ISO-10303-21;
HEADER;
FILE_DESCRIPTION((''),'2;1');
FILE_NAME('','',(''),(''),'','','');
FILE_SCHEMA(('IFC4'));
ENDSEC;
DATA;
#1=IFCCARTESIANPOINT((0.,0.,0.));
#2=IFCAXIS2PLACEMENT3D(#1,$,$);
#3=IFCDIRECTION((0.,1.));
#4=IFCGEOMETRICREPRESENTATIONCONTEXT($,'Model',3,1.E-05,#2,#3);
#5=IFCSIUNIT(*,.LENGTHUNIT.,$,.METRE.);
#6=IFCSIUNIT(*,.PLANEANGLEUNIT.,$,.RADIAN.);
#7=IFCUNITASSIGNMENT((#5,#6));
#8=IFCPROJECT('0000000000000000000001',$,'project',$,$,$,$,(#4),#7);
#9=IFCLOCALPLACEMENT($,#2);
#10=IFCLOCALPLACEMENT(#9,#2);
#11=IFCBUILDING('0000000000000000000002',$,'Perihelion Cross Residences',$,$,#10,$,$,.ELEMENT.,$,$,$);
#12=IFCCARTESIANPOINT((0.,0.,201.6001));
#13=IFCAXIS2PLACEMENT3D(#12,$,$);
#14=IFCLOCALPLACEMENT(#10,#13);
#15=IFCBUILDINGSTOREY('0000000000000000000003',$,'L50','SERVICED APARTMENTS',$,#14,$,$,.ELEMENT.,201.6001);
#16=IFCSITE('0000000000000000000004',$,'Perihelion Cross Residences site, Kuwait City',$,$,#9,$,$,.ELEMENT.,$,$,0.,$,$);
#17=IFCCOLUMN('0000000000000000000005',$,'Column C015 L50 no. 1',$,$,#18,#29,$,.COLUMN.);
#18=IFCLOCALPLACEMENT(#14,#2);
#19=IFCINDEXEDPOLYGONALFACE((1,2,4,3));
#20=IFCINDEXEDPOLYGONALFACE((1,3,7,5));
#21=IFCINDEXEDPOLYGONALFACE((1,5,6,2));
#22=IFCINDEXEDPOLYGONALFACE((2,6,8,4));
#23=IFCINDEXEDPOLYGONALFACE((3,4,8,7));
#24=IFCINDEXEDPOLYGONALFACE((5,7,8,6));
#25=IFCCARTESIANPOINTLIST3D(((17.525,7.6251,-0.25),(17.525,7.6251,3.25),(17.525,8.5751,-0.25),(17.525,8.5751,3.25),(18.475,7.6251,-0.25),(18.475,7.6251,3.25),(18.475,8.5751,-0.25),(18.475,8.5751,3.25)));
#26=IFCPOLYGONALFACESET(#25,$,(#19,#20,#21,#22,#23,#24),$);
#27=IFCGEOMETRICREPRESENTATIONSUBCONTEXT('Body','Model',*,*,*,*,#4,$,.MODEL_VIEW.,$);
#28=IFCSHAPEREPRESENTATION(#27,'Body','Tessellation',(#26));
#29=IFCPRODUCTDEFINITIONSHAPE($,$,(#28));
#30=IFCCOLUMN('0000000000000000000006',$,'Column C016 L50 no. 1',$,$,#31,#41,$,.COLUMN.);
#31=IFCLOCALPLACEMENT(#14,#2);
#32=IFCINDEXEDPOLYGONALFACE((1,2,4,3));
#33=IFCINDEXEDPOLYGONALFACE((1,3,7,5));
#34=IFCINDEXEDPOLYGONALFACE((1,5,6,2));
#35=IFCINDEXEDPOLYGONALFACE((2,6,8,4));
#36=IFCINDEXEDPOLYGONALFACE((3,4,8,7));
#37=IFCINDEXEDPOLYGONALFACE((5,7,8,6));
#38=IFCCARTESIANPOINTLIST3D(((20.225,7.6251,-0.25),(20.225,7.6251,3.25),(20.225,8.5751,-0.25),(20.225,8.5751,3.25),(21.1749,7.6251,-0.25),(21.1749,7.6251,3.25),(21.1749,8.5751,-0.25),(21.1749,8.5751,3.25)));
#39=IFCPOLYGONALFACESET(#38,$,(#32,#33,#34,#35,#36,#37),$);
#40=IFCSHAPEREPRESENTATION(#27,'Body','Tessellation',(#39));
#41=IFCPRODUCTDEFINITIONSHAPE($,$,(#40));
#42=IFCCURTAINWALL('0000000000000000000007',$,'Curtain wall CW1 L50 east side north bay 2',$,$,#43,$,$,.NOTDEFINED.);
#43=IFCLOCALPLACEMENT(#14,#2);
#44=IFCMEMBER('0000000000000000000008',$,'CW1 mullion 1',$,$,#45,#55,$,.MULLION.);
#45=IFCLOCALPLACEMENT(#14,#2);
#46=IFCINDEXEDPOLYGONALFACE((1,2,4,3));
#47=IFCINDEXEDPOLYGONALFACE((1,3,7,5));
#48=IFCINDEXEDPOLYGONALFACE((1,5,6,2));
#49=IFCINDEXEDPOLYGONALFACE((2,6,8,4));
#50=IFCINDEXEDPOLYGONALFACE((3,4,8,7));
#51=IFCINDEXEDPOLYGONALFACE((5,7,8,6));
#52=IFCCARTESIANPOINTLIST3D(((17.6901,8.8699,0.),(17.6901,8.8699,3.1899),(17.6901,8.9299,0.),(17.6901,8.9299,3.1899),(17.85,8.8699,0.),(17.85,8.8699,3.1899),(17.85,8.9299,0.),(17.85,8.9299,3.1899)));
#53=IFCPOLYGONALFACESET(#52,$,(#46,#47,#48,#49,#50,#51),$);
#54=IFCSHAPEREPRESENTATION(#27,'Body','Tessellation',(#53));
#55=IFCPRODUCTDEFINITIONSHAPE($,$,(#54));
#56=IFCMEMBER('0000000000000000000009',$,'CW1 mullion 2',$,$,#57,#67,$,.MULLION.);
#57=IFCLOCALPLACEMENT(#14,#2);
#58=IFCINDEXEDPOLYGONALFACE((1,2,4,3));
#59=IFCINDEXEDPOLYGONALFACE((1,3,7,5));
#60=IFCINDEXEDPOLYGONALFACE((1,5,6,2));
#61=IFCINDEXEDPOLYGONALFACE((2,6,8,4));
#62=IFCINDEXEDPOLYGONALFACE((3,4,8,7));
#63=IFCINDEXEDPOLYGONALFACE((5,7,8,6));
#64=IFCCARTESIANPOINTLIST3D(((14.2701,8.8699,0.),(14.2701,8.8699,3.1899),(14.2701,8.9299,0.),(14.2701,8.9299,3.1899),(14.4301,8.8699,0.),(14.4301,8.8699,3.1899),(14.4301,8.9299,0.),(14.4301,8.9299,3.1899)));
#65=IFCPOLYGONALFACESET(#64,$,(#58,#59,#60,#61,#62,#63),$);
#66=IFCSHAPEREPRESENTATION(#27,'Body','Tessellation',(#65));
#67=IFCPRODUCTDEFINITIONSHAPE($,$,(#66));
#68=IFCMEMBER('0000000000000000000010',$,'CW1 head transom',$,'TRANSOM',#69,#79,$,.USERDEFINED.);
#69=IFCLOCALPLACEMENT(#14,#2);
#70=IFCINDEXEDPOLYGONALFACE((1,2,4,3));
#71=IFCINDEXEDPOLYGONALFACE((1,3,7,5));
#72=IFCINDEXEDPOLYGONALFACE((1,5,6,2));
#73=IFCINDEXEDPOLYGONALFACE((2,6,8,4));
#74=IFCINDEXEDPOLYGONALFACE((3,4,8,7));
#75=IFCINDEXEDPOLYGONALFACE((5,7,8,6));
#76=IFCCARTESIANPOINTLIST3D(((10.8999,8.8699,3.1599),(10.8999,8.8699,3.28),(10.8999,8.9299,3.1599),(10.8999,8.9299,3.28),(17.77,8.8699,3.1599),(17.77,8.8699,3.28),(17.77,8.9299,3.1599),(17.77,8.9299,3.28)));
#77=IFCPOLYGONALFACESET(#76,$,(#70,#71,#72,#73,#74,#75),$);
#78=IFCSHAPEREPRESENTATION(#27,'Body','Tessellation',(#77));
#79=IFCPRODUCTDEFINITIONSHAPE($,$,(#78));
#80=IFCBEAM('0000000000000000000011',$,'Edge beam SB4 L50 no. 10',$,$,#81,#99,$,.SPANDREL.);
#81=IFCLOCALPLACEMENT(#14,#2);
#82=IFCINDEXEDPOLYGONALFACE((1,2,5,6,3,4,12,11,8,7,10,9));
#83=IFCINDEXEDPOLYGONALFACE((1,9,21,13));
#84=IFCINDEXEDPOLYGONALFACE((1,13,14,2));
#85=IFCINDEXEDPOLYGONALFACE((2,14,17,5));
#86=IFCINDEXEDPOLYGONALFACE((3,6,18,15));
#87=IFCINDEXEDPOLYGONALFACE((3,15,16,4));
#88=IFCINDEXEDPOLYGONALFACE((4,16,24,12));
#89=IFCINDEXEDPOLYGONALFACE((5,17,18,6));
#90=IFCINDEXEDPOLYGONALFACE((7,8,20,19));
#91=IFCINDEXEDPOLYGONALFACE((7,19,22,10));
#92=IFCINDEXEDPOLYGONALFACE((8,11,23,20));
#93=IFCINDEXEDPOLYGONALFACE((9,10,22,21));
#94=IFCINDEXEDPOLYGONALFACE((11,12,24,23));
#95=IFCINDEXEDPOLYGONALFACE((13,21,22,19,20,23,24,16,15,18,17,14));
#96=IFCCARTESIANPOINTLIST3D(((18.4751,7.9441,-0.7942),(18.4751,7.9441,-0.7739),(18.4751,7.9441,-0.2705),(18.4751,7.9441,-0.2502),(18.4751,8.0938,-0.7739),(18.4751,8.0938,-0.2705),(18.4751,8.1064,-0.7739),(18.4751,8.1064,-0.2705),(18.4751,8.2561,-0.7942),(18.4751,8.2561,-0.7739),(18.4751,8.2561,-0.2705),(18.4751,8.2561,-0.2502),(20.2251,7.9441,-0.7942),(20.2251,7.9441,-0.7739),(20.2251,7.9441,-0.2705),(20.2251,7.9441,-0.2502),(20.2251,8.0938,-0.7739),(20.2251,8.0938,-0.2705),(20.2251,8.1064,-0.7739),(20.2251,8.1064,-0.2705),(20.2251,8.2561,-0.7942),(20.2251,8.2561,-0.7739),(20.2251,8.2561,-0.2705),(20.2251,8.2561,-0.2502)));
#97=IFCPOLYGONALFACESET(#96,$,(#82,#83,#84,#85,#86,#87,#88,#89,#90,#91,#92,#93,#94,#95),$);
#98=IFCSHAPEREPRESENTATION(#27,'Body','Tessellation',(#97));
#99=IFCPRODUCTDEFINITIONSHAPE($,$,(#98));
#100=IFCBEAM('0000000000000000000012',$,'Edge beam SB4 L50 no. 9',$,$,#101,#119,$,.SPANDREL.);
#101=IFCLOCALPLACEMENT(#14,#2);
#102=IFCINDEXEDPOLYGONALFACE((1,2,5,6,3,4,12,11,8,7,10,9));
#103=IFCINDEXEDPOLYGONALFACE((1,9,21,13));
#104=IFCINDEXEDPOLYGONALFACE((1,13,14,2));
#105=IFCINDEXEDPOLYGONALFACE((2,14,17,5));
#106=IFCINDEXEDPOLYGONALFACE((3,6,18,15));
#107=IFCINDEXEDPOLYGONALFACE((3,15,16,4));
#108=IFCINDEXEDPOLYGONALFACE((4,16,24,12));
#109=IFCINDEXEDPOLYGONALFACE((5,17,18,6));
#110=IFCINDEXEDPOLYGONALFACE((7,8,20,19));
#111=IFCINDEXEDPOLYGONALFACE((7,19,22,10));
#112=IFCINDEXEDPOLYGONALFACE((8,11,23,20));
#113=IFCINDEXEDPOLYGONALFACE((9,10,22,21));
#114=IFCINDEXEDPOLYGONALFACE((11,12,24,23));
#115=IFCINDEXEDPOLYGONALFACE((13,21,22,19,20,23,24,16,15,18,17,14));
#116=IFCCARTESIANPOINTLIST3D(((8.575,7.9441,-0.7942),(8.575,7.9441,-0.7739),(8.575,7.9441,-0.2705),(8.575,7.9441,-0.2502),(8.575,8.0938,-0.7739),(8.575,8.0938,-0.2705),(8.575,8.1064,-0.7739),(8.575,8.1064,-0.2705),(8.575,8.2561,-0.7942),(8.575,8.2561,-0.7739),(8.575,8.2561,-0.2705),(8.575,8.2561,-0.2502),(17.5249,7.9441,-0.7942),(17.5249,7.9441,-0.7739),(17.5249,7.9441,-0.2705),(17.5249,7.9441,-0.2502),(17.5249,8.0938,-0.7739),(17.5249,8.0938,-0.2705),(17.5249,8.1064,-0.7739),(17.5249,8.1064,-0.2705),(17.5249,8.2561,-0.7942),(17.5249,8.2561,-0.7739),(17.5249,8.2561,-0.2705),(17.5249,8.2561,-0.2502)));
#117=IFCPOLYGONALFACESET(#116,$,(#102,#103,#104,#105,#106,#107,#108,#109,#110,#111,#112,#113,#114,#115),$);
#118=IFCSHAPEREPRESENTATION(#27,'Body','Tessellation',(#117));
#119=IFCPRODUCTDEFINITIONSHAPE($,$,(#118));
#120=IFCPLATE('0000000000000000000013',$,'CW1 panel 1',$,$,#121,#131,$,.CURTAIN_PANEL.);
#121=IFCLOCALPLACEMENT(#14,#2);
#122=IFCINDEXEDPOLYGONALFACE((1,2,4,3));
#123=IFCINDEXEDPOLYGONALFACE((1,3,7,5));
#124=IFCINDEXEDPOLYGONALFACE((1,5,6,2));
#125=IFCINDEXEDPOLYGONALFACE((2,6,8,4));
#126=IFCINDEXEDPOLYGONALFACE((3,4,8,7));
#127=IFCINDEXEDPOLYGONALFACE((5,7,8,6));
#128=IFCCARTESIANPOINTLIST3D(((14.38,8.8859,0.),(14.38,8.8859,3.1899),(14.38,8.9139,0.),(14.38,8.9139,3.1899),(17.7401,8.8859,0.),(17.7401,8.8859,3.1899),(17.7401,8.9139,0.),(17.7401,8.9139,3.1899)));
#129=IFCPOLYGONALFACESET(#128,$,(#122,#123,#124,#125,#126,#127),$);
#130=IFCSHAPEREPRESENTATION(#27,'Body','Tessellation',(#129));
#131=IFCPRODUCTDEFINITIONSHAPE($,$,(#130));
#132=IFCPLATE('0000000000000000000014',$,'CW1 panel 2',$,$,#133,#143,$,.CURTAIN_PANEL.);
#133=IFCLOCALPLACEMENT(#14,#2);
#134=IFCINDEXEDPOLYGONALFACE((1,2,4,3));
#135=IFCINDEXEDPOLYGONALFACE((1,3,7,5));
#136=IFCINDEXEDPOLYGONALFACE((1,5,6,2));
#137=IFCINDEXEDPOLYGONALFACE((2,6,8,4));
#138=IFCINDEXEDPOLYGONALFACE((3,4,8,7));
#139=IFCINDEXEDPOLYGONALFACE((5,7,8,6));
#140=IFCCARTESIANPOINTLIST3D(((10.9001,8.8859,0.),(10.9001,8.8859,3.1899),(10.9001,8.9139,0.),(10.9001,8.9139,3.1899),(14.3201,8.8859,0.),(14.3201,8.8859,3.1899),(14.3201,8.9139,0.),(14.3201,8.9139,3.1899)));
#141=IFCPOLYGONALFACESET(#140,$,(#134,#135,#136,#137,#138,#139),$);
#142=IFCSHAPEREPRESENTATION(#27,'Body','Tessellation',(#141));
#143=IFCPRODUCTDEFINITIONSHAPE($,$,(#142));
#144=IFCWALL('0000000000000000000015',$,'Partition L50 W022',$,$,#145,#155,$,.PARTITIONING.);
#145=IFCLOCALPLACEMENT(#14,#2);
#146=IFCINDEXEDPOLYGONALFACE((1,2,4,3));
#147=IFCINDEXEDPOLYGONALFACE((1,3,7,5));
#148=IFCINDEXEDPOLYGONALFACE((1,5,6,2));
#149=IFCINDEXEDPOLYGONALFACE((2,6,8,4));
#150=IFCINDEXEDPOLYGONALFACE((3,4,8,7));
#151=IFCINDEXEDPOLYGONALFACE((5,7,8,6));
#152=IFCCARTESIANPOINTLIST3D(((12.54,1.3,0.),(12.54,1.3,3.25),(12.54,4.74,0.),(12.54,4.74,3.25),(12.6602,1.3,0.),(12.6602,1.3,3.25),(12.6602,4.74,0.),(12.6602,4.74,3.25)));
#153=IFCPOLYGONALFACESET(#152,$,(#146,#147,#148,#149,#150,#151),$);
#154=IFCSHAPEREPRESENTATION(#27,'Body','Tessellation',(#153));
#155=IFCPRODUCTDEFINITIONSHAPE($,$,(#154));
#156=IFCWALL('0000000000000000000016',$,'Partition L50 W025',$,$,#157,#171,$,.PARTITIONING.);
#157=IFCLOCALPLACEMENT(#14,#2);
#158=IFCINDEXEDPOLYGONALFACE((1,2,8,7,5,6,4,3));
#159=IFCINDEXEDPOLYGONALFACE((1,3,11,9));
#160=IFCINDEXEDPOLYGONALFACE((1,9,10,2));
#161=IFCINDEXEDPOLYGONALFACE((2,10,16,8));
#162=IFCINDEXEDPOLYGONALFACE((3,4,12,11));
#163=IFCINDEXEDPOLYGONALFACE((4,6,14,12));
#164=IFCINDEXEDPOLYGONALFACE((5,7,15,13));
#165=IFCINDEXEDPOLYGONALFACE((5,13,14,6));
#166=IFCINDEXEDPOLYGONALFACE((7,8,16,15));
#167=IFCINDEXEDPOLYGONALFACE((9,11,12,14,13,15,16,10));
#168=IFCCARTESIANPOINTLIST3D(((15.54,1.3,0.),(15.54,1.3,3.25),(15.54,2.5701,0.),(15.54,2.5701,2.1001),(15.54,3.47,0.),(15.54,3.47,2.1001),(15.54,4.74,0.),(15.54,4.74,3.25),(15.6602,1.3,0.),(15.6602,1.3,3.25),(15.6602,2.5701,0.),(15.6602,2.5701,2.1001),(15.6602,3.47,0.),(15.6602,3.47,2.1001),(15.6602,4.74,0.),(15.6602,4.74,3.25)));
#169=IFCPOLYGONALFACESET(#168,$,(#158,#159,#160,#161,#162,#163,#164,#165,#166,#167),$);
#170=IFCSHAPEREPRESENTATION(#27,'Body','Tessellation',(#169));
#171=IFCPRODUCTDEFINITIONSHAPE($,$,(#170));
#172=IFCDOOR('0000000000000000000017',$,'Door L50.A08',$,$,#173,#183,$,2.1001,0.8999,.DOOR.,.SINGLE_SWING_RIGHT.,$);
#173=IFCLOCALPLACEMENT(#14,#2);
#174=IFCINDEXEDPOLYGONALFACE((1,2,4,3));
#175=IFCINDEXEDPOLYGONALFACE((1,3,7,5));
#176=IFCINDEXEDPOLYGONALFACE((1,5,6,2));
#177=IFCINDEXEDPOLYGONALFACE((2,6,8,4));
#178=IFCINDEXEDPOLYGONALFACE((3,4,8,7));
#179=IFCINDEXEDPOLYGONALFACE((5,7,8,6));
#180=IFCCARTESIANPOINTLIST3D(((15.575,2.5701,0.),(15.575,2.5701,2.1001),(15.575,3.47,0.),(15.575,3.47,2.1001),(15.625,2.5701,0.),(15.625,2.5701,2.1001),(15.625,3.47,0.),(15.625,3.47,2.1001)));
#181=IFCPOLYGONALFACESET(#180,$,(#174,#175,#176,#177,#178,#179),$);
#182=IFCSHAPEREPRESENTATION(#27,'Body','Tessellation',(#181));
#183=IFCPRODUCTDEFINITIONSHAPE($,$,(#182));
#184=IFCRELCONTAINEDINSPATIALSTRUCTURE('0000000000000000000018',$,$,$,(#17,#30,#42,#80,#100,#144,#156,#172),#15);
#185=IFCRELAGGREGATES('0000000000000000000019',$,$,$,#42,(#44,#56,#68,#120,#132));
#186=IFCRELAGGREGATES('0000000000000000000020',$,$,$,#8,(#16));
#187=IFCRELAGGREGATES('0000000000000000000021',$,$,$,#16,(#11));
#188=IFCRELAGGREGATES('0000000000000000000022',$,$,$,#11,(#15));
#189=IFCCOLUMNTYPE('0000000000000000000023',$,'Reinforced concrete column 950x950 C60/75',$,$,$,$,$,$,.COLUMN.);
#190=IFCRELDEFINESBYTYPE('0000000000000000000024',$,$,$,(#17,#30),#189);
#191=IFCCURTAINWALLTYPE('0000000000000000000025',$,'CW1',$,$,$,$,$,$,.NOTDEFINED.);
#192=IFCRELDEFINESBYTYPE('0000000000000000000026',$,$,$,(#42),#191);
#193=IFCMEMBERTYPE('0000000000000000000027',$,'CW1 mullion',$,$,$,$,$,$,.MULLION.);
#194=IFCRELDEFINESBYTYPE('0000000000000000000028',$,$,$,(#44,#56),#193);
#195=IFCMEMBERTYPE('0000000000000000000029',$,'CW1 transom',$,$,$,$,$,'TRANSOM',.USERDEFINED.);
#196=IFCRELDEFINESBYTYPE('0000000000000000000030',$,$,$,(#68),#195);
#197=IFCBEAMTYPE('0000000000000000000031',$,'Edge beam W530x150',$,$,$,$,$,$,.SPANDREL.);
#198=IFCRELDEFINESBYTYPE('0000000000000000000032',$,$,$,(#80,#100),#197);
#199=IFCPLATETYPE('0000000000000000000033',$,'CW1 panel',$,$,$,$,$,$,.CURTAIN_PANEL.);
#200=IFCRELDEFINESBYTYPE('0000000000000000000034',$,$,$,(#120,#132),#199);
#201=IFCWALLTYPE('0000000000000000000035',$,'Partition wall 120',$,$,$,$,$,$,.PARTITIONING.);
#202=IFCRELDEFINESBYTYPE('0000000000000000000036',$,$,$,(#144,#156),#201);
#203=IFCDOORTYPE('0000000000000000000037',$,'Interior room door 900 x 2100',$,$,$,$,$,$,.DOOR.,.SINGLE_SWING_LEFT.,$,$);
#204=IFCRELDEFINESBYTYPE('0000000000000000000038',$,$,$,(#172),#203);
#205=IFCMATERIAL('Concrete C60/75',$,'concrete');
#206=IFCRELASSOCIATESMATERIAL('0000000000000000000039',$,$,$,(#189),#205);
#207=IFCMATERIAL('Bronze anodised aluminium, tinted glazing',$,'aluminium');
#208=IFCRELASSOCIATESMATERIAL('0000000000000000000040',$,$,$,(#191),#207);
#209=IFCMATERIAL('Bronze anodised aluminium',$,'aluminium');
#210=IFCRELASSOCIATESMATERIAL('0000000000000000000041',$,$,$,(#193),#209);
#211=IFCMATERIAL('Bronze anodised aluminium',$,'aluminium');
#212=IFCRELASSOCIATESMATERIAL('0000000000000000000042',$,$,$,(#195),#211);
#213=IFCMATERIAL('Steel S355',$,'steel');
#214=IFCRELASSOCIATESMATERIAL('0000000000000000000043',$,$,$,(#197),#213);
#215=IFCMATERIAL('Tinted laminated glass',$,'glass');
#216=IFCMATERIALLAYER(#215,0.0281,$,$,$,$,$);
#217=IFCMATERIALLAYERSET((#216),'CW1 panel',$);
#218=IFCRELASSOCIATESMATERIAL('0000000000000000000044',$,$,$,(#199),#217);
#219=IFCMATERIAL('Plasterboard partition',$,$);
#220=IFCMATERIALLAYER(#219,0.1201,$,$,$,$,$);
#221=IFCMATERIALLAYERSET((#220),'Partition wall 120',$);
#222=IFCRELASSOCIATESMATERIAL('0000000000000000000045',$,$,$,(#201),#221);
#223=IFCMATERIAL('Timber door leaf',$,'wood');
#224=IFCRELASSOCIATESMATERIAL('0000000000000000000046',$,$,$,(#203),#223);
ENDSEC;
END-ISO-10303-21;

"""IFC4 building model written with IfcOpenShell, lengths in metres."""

from ifc_helpers import new_model, si_unit, direction, frame, frame_2d, origin, origin_2d, place, context, subcontext, project, spatial, rectangle, i_section, extrude, material, layer, layer_set, material_profile, profile_set, type_object, element, fill, aggregate, save


model = new_model("IFC4")

# Units and contexts
model_context = context("Model", 3, precision=1e-05, world=origin(), true_north=direction((0.0, 1.0)))
body_context = subcontext(model_context, "Body", "Model", "MODEL_VIEW")
ifc_project = project(units=[si_unit("LENGTHUNIT", "METRE"), si_unit("PLANEANGLEUNIT", "RADIAN")], contexts=[model_context])

# Site, building, storey
site_placement = place(None, origin())
site = spatial("IfcSite", under=ifc_project, at=site_placement, Name="Perihelion Cross Residences site, Kuwait City", CompositionType="ELEMENT", RefElevation=0.0)
building_placement = place(site_placement, origin())
building = spatial("IfcBuilding", under=site, at=building_placement, Name="Perihelion Cross Residences", CompositionType="ELEMENT")
storey_placement = place(building_placement, frame((0.0, 0.0, 201.6001)))
storey = spatial("IfcBuildingStorey", under=building, at=storey_placement, Name="L50", Description="SERVICED APARTMENTS", CompositionType="ELEMENT", Elevation=201.6001)

# Columns
ifc_material_1 = material(Name="Concrete C60/75", Category="concrete")
ifc_material_profile_1 = material_profile(ifc_material_1, rectangle(XDim=0.95, YDim=0.95, at=origin_2d()), Name="RC 950x950")
ifc_profile_set_1 = profile_set([ifc_material_profile_1], Name="Concrete C60/75")
column_type = type_object("IfcColumnType", Name="Reinforced concrete column 950x950 C60/75", PredefinedType="COLUMN", material=ifc_profile_set_1)
for number, where, z_axis, x_axis, name in (
    (1, (18.0, 8.1001, -0.25), (0.0, 0.0, 1.0), (1.0, 0.0, 0.0), "Column C015 L50 no. 1"),
    (2, (20.7, 8.1001, -0.25), (0.0, 0.0, 1.0), (1.0, 0.0, 0.0), "Column C016 L50 no. 1"),
):
    element("IfcColumn", number, at=place(storey_placement, frame(where, z_axis=z_axis, x_axis=x_axis)), inside=storey, type_object=column_type, Name=name, PredefinedType="COLUMN", context=body_context, shape_type="SweptSolid", body=[
        extrude(rectangle(XDim=0.95, YDim=0.95, at=origin_2d()), origin(), (0.0, 0.0, 1.0), 3.5),
    ])

# Curtain wall, members
ifc_material_2 = material(Name="Bronze anodised aluminium, tinted glazing", Category="aluminium")
curtain_wall_type = type_object("IfcCurtainWallType", Name="CW1", PredefinedType="NOTDEFINED", material=ifc_material_2)
curtain_wall_placement = place(storey_placement, origin())
curtain_wall = element("IfcCurtainWall", 3, at=curtain_wall_placement, inside=storey, type_object=curtain_wall_type, Name="Curtain wall CW1 L50 east side north bay 2", PredefinedType="NOTDEFINED")
ifc_material_3 = material(Name="Bronze anodised aluminium", Category="aluminium")
ifc_material_profile_2 = material_profile(ifc_material_3, rectangle(XDim=0.0601, YDim=0.1599, at=origin_2d()), Name="CW1 mullion")
ifc_profile_set_2 = profile_set([ifc_material_profile_2], Name="Bronze anodised aluminium")
member_type_1 = type_object("IfcMemberType", Name="CW1 mullion", PredefinedType="MULLION", material=ifc_profile_set_2)
member_1_placement = place(storey_placement, frame((17.77, 8.8999, 0.0), z_axis=(0.0, 0.0, 1.0), x_axis=(0.0, -1.0, 0.0)))
member_1 = element("IfcMember", 4, at=member_1_placement, type_object=member_type_1, Name="CW1 mullion 1", PredefinedType="MULLION", context=body_context, shape_type="SweptSolid", body=[
    extrude(rectangle(XDim=0.0601, YDim=0.1599, at=origin_2d()), origin(), (0.0, 0.0, 1.0), 3.1899),
])
member_2_placement = place(storey_placement, frame((14.3501, 8.8999, 0.0), z_axis=(0.0, 0.0, 1.0), x_axis=(0.0, -1.0, 0.0)))
member_2 = element("IfcMember", 5, at=member_2_placement, type_object=member_type_1, Name="CW1 mullion 2", PredefinedType="MULLION", context=body_context, shape_type="SweptSolid", body=[
    extrude(rectangle(XDim=0.0601, YDim=0.1599, at=origin_2d()), origin(), (0.0, 0.0, 1.0), 3.1899),
])
ifc_material_4 = material(Name="Bronze anodised aluminium", Category="aluminium")
ifc_material_profile_3 = material_profile(ifc_material_4, rectangle(XDim=0.0601, YDim=0.1201, at=origin_2d()), Name="CW1 transom")
ifc_profile_set_3 = profile_set([ifc_material_profile_3], Name="Bronze anodised aluminium")
member_type_2 = type_object("IfcMemberType", Name="CW1 transom", ElementType="TRANSOM", PredefinedType="USERDEFINED", material=ifc_profile_set_3)
member_3_placement = place(storey_placement, frame((17.77, 8.8999, 3.22), z_axis=(-1.0, 0.0, 0.0), x_axis=(0.0, -1.0, 0.0)))
member_3 = element("IfcMember", 6, at=member_3_placement, type_object=member_type_2, Name="CW1 head transom", ObjectType="TRANSOM", PredefinedType="USERDEFINED", context=body_context, shape_type="SweptSolid", body=[
    extrude(rectangle(XDim=0.0601, YDim=0.1201, at=origin_2d()), origin(), (0.0, 0.0, 1.0), 6.8701),
])

# Beams
ifc_material_5 = material(Name="Steel S355", Category="steel")
ifc_material_profile_4 = material_profile(ifc_material_5, i_section(OverallWidth=0.312, OverallDepth=0.5439, WebThickness=0.0127, FlangeThickness=0.0203, at=origin_2d()), Name="W530x150")
ifc_profile_set_4 = profile_set([ifc_material_profile_4], Name="Steel S355")
beam_type = type_object("IfcBeamType", Name="Edge beam W530x150", PredefinedType="SPANDREL", material=ifc_profile_set_4)
beam_1_placement = place(storey_placement, frame((20.2251, 8.1001, -0.5222), z_axis=(-1.0, 0.0, 0.0), x_axis=(0.0, -1.0, 0.0)))
element("IfcBeam", 7, at=beam_1_placement, inside=storey, type_object=beam_type, Name="Edge beam SB4 L50 no. 10", PredefinedType="SPANDREL", context=body_context, shape_type="SweptSolid", body=[
    extrude(i_section(OverallWidth=0.312, OverallDepth=0.5439, WebThickness=0.0127, FlangeThickness=0.0203, at=origin_2d()), origin(), (0.0, 0.0, 1.0), 1.75),
])
beam_2_placement = place(storey_placement, frame((17.5249, 8.1001, -0.5222), z_axis=(-1.0, 0.0, 0.0), x_axis=(0.0, -1.0, 0.0)))
element("IfcBeam", 8, at=beam_2_placement, inside=storey, type_object=beam_type, Name="Edge beam SB4 L50 no. 9", PredefinedType="SPANDREL", context=body_context, shape_type="SweptSolid", body=[
    extrude(i_section(OverallWidth=0.312, OverallDepth=0.5439, WebThickness=0.0127, FlangeThickness=0.0203, at=origin_2d()), origin(), (0.0, 0.0, 1.0), 8.95),
])

# Plates
ifc_material_6 = material(Name="Tinted laminated glass", Category="glass")
ifc_layer_1 = layer(ifc_material_6, 0.0281)
ifc_layer_set_1 = layer_set([ifc_layer_1], Name="CW1 panel")
plate_type = type_object("IfcPlateType", Name="CW1 panel", PredefinedType="CURTAIN_PANEL", material=ifc_layer_set_1)
plate_1_placement = place(storey_placement, frame((16.0601, 8.8999, 0.0), z_axis=(0.0, 0.0, 1.0), x_axis=(-1.0, 0.0, 0.0)))
plate_1 = element("IfcPlate", 9, at=plate_1_placement, type_object=plate_type, Name="CW1 panel 1", PredefinedType="CURTAIN_PANEL", context=body_context, shape_type="SweptSolid", body=[
    extrude(rectangle(XDim=3.3601, YDim=0.0281, at=origin_2d()), origin(), (0.0, 0.0, 1.0), 3.1899),
])
plate_2_placement = place(storey_placement, frame((12.6101, 8.8999, 0.0), z_axis=(0.0, 0.0, 1.0), x_axis=(-1.0, 0.0, 0.0)))
plate_2 = element("IfcPlate", 10, at=plate_2_placement, type_object=plate_type, Name="CW1 panel 2", PredefinedType="CURTAIN_PANEL", context=body_context, shape_type="SweptSolid", body=[
    extrude(rectangle(XDim=3.4199, YDim=0.0281, at=origin_2d()), origin(), (0.0, 0.0, 1.0), 3.1899),
])
aggregate(curtain_wall, [member_1, member_2, member_3, plate_1, plate_2])

# Wall
ifc_material_7 = material(Name="Plasterboard partition")
ifc_layer_2 = layer(ifc_material_7, 0.1201)
ifc_layer_set_2 = layer_set([ifc_layer_2], Name="Partition wall 120")
wall_type_1 = type_object("IfcWallType", Name="Partition wall 120", PredefinedType="PARTITIONING", material=ifc_layer_set_2)
wall_1_placement = place(storey_placement, frame((12.6001, 4.74, 0.0), z_axis=(0.0, 0.0, 1.0), x_axis=(0.0, -1.0, 0.0)))
element("IfcWall", 11, at=wall_1_placement, inside=storey, type_object=wall_type_1, Name="Partition L50 W022", PredefinedType="PARTITIONING", context=body_context, shape_type="SweptSolid", body=[
    extrude(rectangle(XDim=3.4399, YDim=0.1201, at=frame_2d((1.72, 0.0))), origin(), (0.0, 0.0, 1.0), 3.25),
])

# Wall, opening, door
wall_2_placement = place(storey_placement, frame((15.6001, 4.74, 0.0), z_axis=(0.0, 0.0, 1.0), x_axis=(0.0, -1.0, 0.0)))
wall_2 = element("IfcWall", 12, at=wall_2_placement, inside=storey, type_object=wall_type_1, Name="Partition L50 W025", PredefinedType="PARTITIONING", context=body_context, shape_type="SweptSolid", body=[
    extrude(rectangle(XDim=3.4399, YDim=0.1201, at=frame_2d((1.72, 0.0))), origin(), (0.0, 0.0, 1.0), 3.25),
])
opening_1_placement = place(wall_2_placement, frame((1.27, 0.0, 0.0)))
opening_1 = element("IfcOpeningElement", 13, at=opening_1_placement, cuts=wall_2, PredefinedType="OPENING", context=body_context, shape_type="SweptSolid", body=[
    extrude(rectangle(XDim=0.8999, YDim=2.1001, at=frame_2d((0.45, 1.05))), frame((0.0, 0.0701, 0.0), z_axis=(0.0, -1.0, 0.0), x_axis=(1.0, 0.0, 0.0)), (0.0, 0.0, 1.0), 0.1401),
])
ifc_material_8 = material(Name="Timber door leaf", Category="wood")
door_type_1 = type_object("IfcDoorType", Name="Interior room door 900 x 2100", OperationType="SINGLE_SWING_LEFT", PredefinedType="DOOR", material=ifc_material_8)
door_1_placement = place(opening_1_placement, origin())
door_1 = element("IfcDoor", 14, at=door_1_placement, inside=storey, type_object=door_type_1, Name="Door L50.A08", OperationType="SINGLE_SWING_RIGHT", OverallHeight=2.1001, OverallWidth=0.8999, PredefinedType="DOOR", context=body_context, shape_type="SweptSolid", body=[
    extrude(rectangle(XDim=0.8999, YDim=2.1001, at=frame_2d((0.45, 1.05))), frame((0.0, 0.0249, 0.0), z_axis=(0.0, -1.0, 0.0), x_axis=(1.0, 0.0, 0.0)), (0.0, 0.0, 1.0), 0.05),
])
fill(opening_1, door_1)

save(model, "model.ifc")
